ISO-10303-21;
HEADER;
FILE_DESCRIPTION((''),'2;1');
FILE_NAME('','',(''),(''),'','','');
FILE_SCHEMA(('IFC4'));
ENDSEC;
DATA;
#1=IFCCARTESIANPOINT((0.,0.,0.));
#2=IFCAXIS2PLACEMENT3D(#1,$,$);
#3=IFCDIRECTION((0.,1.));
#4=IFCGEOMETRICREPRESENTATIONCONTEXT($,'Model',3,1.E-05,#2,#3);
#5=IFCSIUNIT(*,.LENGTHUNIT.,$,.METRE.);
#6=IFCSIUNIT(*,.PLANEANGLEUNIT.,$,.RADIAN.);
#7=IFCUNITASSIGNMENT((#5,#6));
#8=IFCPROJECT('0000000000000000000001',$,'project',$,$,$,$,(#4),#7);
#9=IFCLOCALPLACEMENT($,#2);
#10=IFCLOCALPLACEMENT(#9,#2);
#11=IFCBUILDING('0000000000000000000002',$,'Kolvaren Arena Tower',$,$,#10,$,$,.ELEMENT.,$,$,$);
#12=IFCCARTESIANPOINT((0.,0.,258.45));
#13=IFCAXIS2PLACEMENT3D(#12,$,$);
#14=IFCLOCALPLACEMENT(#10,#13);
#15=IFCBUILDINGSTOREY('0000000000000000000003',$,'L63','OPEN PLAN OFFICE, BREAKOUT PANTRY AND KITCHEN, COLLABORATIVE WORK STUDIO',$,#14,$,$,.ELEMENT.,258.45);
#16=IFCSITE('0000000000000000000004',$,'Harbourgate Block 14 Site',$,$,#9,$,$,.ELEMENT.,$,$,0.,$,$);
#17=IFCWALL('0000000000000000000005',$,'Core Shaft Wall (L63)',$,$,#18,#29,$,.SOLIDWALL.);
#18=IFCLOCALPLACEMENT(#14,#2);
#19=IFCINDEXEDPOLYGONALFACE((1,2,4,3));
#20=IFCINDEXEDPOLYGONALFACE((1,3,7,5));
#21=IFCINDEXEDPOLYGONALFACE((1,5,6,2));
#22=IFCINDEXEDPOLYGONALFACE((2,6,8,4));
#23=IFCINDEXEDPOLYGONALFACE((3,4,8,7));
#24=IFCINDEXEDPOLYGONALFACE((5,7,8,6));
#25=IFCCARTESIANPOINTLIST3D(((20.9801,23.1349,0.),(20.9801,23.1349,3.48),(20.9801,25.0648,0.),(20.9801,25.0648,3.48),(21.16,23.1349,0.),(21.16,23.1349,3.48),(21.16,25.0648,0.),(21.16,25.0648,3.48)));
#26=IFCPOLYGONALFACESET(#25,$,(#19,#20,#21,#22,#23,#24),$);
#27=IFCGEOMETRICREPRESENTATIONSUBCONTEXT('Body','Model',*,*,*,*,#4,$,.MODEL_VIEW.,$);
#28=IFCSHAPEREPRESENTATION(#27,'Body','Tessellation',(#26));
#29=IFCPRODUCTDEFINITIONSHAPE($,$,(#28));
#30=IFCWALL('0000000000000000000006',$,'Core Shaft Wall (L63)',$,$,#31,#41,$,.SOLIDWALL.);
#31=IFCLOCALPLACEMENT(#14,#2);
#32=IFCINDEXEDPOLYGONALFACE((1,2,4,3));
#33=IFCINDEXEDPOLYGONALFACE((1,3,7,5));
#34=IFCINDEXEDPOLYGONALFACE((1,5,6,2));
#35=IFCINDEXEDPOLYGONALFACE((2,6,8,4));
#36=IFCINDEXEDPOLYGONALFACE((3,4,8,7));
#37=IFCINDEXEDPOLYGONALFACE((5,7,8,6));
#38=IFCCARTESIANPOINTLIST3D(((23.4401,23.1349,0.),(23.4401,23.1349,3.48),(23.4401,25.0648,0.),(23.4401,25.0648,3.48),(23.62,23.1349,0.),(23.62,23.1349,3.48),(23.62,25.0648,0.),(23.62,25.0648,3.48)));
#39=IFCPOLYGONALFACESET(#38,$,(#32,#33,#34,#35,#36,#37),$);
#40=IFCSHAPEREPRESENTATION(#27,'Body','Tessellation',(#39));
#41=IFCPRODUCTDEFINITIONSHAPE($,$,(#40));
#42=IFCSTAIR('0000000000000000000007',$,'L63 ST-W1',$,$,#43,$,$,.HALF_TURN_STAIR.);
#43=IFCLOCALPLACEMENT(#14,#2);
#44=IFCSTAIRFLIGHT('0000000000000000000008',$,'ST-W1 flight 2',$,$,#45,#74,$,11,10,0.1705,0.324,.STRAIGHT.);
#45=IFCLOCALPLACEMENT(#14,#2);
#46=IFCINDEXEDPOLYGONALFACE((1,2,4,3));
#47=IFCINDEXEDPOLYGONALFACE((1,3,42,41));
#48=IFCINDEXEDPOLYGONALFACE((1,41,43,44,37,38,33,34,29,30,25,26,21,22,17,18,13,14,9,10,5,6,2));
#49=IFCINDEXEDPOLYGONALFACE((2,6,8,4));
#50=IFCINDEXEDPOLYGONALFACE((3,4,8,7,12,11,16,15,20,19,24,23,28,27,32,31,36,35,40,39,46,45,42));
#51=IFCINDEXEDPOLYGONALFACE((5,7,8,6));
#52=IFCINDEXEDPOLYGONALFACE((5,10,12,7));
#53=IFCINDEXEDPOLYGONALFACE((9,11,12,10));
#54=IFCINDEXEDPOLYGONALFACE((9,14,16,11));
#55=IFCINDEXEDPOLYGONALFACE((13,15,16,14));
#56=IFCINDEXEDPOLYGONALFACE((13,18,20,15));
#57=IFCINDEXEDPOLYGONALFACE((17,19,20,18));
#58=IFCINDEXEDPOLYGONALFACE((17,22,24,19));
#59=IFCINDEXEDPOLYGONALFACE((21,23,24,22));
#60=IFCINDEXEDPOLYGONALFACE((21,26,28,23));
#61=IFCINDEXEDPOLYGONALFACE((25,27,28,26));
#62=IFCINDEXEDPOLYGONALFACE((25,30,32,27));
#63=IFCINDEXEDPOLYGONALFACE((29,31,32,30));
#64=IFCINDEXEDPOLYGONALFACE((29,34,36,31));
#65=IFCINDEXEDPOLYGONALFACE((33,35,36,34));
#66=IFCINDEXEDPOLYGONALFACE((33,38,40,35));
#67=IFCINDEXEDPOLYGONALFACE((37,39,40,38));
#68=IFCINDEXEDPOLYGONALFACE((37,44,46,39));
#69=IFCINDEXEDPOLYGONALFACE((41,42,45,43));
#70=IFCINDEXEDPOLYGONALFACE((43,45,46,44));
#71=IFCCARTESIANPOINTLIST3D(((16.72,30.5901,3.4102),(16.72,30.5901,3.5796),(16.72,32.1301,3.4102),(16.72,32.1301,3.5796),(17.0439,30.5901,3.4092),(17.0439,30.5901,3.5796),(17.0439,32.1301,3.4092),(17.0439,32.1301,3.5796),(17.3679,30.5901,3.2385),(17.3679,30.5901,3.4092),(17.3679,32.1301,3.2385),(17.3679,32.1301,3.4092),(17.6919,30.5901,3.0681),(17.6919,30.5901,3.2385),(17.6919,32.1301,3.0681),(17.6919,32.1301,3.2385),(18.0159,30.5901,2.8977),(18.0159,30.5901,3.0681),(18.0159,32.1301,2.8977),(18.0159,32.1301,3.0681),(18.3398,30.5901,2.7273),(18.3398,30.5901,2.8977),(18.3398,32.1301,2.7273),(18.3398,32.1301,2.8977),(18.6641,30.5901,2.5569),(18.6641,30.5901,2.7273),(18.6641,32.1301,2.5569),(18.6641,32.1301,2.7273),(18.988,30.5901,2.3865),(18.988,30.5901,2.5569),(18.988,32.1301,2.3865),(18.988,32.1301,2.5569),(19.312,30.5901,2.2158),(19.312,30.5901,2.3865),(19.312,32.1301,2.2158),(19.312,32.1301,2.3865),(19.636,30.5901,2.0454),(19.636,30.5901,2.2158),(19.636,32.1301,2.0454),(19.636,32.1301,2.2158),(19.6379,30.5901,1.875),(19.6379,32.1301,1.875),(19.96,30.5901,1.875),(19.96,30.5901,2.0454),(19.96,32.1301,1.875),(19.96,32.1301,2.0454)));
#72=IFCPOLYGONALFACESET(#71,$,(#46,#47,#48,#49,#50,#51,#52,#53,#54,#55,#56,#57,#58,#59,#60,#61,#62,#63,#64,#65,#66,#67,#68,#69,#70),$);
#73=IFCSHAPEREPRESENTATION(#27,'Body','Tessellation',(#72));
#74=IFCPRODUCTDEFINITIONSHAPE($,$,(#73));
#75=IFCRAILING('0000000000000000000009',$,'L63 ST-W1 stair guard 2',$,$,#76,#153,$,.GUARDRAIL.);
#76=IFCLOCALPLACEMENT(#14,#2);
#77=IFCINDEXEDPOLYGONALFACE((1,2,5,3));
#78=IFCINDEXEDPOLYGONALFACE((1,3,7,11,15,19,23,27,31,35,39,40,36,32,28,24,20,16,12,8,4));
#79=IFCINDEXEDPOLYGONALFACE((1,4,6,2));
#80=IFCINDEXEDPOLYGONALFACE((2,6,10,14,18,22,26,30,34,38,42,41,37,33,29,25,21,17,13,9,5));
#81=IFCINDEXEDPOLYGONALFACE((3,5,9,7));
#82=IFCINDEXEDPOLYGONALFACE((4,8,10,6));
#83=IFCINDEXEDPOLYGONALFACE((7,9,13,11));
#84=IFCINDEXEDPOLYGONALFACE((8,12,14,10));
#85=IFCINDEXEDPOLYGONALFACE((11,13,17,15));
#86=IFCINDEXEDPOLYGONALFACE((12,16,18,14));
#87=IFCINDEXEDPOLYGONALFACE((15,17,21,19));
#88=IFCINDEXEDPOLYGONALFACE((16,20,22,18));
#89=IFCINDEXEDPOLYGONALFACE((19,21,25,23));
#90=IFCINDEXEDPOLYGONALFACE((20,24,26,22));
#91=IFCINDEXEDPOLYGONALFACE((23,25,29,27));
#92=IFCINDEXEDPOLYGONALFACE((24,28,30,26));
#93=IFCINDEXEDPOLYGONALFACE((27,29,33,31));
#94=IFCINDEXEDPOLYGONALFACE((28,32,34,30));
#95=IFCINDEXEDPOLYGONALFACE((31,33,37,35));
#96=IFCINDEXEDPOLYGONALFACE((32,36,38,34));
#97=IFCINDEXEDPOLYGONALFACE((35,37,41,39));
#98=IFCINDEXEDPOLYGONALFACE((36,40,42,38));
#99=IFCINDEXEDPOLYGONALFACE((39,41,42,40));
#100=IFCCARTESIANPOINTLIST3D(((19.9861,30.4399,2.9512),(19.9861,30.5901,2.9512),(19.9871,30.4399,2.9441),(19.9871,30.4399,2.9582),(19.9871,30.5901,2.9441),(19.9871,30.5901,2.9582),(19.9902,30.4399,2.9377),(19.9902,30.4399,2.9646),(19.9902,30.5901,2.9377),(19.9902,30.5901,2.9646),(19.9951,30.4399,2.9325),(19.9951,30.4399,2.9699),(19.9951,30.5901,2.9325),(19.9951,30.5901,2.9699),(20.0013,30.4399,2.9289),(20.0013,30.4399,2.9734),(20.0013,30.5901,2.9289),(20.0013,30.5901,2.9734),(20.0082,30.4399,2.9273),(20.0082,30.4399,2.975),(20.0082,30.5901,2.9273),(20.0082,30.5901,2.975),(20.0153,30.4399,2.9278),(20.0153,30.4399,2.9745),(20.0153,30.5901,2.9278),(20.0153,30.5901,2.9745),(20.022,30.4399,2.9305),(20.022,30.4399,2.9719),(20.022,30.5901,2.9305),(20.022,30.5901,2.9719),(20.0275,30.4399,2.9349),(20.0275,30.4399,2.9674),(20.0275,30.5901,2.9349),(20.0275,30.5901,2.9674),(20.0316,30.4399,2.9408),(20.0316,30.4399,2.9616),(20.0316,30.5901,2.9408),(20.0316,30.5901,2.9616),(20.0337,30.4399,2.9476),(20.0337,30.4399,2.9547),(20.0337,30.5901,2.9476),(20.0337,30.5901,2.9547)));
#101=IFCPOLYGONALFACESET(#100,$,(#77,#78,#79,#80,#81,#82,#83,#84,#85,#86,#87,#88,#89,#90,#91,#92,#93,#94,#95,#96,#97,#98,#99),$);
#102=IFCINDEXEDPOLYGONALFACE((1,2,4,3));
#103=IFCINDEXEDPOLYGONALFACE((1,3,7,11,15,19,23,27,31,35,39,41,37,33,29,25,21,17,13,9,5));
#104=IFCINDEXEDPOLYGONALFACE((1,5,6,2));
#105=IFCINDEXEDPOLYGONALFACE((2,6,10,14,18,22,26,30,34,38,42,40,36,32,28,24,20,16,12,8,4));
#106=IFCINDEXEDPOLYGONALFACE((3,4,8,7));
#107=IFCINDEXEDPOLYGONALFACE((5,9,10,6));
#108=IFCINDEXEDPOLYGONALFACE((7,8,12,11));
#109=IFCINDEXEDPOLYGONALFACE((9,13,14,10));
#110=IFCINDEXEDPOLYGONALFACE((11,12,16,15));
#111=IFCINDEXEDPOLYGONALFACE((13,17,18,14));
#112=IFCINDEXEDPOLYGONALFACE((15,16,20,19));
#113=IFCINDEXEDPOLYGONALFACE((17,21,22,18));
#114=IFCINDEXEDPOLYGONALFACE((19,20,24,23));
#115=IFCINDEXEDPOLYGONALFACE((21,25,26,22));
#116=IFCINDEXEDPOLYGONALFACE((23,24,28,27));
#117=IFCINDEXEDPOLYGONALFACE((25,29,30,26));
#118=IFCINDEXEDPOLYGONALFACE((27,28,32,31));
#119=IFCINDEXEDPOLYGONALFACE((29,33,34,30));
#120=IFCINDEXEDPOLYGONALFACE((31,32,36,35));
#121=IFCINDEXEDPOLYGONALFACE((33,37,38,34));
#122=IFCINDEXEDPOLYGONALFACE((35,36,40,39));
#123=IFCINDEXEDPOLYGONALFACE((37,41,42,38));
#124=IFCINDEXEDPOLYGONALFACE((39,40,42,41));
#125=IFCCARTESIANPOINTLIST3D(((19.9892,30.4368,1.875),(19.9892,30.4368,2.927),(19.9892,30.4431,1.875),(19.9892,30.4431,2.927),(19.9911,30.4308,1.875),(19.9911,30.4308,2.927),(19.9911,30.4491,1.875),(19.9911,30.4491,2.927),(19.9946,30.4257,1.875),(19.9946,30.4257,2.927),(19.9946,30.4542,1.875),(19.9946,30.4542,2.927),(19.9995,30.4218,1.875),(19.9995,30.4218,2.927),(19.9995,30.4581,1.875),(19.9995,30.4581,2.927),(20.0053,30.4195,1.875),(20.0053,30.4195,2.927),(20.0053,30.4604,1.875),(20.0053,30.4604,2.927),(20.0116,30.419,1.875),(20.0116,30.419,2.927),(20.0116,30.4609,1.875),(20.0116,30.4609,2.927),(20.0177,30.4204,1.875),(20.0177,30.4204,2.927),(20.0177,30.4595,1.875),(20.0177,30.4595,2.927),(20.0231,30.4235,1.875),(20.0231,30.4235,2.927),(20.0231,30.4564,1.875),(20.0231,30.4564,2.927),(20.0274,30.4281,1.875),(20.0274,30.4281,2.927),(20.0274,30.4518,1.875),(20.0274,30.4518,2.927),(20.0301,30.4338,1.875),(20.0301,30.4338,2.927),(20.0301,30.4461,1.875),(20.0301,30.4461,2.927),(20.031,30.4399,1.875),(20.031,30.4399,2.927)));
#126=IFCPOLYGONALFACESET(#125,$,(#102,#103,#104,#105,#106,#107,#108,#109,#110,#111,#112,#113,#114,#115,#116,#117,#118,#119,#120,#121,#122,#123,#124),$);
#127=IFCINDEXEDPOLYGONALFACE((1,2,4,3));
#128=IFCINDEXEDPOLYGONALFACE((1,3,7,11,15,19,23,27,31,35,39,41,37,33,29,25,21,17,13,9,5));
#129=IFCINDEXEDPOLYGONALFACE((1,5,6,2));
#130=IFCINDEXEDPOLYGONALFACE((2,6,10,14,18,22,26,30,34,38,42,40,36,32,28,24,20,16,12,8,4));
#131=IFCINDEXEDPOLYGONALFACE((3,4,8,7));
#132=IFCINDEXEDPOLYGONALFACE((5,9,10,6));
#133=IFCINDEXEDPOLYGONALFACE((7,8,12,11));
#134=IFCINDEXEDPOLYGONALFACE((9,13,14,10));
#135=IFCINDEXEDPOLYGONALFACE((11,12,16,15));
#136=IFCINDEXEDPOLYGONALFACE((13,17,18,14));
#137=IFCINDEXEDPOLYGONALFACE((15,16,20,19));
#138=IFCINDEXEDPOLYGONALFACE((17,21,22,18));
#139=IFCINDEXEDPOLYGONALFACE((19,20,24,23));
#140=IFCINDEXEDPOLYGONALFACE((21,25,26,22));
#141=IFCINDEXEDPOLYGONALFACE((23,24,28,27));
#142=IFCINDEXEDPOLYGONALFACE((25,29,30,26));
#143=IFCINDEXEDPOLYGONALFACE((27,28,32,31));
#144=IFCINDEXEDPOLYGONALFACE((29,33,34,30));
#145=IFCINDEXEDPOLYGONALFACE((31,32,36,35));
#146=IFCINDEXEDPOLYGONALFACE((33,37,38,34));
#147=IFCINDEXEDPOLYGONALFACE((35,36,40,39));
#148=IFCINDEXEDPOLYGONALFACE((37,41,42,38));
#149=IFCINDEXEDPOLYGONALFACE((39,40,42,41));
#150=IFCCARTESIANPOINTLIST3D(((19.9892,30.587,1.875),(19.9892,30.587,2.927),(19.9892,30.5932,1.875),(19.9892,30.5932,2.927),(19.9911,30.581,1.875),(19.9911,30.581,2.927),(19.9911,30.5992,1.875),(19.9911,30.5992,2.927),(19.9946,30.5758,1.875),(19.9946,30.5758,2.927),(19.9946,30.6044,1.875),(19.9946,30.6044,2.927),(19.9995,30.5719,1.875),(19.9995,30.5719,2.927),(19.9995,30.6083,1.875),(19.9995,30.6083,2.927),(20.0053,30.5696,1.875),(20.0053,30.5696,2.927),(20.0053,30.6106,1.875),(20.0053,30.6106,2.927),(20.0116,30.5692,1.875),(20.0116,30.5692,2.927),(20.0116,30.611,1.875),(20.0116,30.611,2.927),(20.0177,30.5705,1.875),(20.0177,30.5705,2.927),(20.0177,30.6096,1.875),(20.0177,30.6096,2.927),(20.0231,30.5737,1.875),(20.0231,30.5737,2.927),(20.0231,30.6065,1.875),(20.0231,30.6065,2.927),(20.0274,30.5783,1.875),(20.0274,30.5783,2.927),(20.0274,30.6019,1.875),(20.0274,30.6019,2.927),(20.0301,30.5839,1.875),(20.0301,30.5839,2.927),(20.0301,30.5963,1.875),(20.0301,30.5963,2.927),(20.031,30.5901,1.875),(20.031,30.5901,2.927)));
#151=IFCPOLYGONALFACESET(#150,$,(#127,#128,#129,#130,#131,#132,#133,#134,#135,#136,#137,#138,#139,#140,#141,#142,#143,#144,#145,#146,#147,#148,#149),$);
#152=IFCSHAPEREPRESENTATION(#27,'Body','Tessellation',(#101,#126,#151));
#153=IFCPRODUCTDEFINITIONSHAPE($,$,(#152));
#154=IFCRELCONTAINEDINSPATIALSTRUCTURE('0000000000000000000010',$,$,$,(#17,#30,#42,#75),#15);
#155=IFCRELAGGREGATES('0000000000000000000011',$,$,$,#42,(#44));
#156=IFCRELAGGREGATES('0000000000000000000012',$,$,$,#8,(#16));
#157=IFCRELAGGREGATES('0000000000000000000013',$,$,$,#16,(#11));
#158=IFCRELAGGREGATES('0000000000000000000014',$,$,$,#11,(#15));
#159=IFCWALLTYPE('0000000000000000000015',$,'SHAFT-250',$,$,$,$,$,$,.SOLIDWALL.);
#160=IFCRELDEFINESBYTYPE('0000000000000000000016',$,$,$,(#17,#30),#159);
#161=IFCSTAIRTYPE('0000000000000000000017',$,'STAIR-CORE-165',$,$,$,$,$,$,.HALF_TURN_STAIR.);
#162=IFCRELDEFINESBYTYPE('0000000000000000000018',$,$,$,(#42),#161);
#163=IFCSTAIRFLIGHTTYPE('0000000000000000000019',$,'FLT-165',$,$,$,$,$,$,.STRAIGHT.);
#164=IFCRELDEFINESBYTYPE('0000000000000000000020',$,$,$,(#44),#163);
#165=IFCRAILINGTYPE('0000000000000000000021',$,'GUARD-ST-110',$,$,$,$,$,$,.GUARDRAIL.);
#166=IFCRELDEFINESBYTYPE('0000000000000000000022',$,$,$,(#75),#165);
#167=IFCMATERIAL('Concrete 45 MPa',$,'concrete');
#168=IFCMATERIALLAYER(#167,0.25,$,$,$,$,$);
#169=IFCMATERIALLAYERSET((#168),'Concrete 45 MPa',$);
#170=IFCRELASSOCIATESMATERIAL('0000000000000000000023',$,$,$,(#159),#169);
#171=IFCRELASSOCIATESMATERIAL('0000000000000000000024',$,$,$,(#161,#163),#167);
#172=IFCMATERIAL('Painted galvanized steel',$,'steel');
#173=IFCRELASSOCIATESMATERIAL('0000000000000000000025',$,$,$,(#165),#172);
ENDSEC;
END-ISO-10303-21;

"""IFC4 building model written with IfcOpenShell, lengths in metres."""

from ifc_helpers import new_model, si_unit, direction, frame, frame_2d, origin, origin_2d, place, context, subcontext, project, spatial, polyline, rectangle, circle, outline, extrude, material, layer, layer_set, type_object, element, aggregate, save


model = new_model("IFC4")

# Units and contexts
model_context = context("Model", 3, precision=1e-05, world=origin(), true_north=direction((0.0, 1.0)))
body_context = subcontext(model_context, "Body", "Model", "MODEL_VIEW")
ifc_project = project(units=[si_unit("LENGTHUNIT", "METRE"), si_unit("PLANEANGLEUNIT", "RADIAN")], contexts=[model_context])

# Site, building, storey
site_placement = place(None, origin())
site = spatial("IfcSite", under=ifc_project, at=site_placement, Name="Harbourgate Block 14 Site", CompositionType="ELEMENT", RefElevation=0.0)
building_placement = place(site_placement, origin())
building = spatial("IfcBuilding", under=site, at=building_placement, Name="Kolvaren Arena Tower", CompositionType="ELEMENT")
storey_placement = place(building_placement, frame((0.0, 0.0, 258.45)))
storey = spatial("IfcBuildingStorey", under=building, at=storey_placement, Name="L63", Description="OPEN PLAN OFFICE, BREAKOUT PANTRY AND KITCHEN, COLLABORATIVE WORK STUDIO", CompositionType="ELEMENT", Elevation=258.45)

# Shared definitions
ifc_material_1 = material(Name="Concrete 45 MPa", Category="concrete")
ifc_layer_1 = layer(ifc_material_1, 0.25)
ifc_layer_set_1 = layer_set([ifc_layer_1], Name="Concrete 45 MPa")
wall_type_1 = type_object("IfcWallType", Name="SHAFT-250", PredefinedType="SOLIDWALL", material=ifc_layer_set_1)

# Walls
for number, where, z_axis, x_axis, name in (
    (1, (21.0701, 23.135, 0.0), (0.0, 0.0, 1.0), (0.0, 1.0, 0.0), "Core Shaft Wall (L63)"),
    (2, (23.53, 23.135, 0.0), (0.0, 0.0, 1.0), (0.0, 1.0, 0.0), "Core Shaft Wall (L63)"),
):
    element("IfcWall", number, at=place(storey_placement, frame(where, z_axis=z_axis, x_axis=x_axis)), inside=storey, type_object=wall_type_1, Name=name, PredefinedType="SOLIDWALL", context=body_context, shape_type="SweptSolid", body=[
        extrude(rectangle(XDim=1.9299, YDim=0.1799, at=frame_2d((0.9648, 0.0))), origin(), (0.0, 0.0, 1.0), 3.48),
    ])

# Stair, stair flight
stair_type = type_object("IfcStairType", Name="STAIR-CORE-165", PredefinedType="HALF_TURN_STAIR", material=ifc_material_1)
stair_placement = place(storey_placement, origin())
stair = element("IfcStair", 3, at=stair_placement, inside=storey, type_object=stair_type, Name="L63 ST-W1", PredefinedType="HALF_TURN_STAIR")
stair_flight_type = type_object("IfcStairFlightType", Name="FLT-165", PredefinedType="STRAIGHT", material=ifc_material_1)
stair_flight_placement = place(storey_placement, frame((19.96, 31.3601, 1.875), z_axis=(0.0, 0.0, 1.0), x_axis=(-1.0, 0.0, 0.0)))
stair_flight = element("IfcStairFlight", 4, at=stair_flight_placement, type_object=stair_flight_type, Name="ST-W1 flight 2", NumberOfRisers=11, NumberOfTreads=10, PredefinedType="STRAIGHT", RiserHeight=0.1705, TreadLength=0.324, context=body_context, shape_type="SweptSolid", body=[
    extrude(outline(polyline([(0.0, 0.0), (0.0, 0.1704), (0.324, 0.1704), (0.324, 0.3408), (0.6479, 0.3408), (0.6479, 0.5115), (0.9719, 0.5115), (0.9719, 0.6819), (1.2959, 0.6819), (1.2959, 0.8523), (1.6201, 0.8523), (1.6201, 1.0227), (1.9441, 1.0227), (1.9441, 1.1931), (2.2681, 1.1931), (2.2681, 1.3635), (2.592, 1.3635), (2.592, 1.5342), (2.916, 1.5342), (2.916, 1.7046), (3.24, 1.7046), (3.24, 1.875), (3.24, 1.5352), (0.322, 0.0), (0.0, 0.0)])), frame((0.0, 0.77, 0.0), z_axis=(0.0, -1.0, 0.0), x_axis=(1.0, 0.0, 0.0)), (0.0, 0.0, 1.0), 1.54),
])
aggregate(stair, [stair_flight])

# Railing
ifc_material_2 = material(Name="Painted galvanized steel", Category="steel")
railing_type_1 = type_object("IfcRailingType", Name="GUARD-ST-110", PredefinedType="GUARDRAIL", material=ifc_material_2)
railing_1_placement = place(storey_placement, frame((20.01, 30.4399, 1.875)))
element("IfcRailing", 5, at=railing_1_placement, inside=storey, type_object=railing_type_1, Name="L63 ST-W1 stair guard 2", PredefinedType="GUARDRAIL", context=body_context, shape_type="SweptSolid", body=[
    extrude(circle(Radius=0.0239, at=origin_2d()), frame((0.0, 0.0, 1.0762), z_axis=(0.0, 1.0, 0.0), x_axis=(-1.0, 0.0, 0.0)), (0.0, 0.0, 1.0), 0.1501),
    extrude(circle(Radius=0.021, at=origin_2d()), origin(), (0.0, 0.0, 1.0), 1.052),
    extrude(circle(Radius=0.021, at=origin_2d()), frame((0.0, 0.1501, 0.0)), (0.0, 0.0, 1.0), 1.052),
])

save(model, "model.ifc")
